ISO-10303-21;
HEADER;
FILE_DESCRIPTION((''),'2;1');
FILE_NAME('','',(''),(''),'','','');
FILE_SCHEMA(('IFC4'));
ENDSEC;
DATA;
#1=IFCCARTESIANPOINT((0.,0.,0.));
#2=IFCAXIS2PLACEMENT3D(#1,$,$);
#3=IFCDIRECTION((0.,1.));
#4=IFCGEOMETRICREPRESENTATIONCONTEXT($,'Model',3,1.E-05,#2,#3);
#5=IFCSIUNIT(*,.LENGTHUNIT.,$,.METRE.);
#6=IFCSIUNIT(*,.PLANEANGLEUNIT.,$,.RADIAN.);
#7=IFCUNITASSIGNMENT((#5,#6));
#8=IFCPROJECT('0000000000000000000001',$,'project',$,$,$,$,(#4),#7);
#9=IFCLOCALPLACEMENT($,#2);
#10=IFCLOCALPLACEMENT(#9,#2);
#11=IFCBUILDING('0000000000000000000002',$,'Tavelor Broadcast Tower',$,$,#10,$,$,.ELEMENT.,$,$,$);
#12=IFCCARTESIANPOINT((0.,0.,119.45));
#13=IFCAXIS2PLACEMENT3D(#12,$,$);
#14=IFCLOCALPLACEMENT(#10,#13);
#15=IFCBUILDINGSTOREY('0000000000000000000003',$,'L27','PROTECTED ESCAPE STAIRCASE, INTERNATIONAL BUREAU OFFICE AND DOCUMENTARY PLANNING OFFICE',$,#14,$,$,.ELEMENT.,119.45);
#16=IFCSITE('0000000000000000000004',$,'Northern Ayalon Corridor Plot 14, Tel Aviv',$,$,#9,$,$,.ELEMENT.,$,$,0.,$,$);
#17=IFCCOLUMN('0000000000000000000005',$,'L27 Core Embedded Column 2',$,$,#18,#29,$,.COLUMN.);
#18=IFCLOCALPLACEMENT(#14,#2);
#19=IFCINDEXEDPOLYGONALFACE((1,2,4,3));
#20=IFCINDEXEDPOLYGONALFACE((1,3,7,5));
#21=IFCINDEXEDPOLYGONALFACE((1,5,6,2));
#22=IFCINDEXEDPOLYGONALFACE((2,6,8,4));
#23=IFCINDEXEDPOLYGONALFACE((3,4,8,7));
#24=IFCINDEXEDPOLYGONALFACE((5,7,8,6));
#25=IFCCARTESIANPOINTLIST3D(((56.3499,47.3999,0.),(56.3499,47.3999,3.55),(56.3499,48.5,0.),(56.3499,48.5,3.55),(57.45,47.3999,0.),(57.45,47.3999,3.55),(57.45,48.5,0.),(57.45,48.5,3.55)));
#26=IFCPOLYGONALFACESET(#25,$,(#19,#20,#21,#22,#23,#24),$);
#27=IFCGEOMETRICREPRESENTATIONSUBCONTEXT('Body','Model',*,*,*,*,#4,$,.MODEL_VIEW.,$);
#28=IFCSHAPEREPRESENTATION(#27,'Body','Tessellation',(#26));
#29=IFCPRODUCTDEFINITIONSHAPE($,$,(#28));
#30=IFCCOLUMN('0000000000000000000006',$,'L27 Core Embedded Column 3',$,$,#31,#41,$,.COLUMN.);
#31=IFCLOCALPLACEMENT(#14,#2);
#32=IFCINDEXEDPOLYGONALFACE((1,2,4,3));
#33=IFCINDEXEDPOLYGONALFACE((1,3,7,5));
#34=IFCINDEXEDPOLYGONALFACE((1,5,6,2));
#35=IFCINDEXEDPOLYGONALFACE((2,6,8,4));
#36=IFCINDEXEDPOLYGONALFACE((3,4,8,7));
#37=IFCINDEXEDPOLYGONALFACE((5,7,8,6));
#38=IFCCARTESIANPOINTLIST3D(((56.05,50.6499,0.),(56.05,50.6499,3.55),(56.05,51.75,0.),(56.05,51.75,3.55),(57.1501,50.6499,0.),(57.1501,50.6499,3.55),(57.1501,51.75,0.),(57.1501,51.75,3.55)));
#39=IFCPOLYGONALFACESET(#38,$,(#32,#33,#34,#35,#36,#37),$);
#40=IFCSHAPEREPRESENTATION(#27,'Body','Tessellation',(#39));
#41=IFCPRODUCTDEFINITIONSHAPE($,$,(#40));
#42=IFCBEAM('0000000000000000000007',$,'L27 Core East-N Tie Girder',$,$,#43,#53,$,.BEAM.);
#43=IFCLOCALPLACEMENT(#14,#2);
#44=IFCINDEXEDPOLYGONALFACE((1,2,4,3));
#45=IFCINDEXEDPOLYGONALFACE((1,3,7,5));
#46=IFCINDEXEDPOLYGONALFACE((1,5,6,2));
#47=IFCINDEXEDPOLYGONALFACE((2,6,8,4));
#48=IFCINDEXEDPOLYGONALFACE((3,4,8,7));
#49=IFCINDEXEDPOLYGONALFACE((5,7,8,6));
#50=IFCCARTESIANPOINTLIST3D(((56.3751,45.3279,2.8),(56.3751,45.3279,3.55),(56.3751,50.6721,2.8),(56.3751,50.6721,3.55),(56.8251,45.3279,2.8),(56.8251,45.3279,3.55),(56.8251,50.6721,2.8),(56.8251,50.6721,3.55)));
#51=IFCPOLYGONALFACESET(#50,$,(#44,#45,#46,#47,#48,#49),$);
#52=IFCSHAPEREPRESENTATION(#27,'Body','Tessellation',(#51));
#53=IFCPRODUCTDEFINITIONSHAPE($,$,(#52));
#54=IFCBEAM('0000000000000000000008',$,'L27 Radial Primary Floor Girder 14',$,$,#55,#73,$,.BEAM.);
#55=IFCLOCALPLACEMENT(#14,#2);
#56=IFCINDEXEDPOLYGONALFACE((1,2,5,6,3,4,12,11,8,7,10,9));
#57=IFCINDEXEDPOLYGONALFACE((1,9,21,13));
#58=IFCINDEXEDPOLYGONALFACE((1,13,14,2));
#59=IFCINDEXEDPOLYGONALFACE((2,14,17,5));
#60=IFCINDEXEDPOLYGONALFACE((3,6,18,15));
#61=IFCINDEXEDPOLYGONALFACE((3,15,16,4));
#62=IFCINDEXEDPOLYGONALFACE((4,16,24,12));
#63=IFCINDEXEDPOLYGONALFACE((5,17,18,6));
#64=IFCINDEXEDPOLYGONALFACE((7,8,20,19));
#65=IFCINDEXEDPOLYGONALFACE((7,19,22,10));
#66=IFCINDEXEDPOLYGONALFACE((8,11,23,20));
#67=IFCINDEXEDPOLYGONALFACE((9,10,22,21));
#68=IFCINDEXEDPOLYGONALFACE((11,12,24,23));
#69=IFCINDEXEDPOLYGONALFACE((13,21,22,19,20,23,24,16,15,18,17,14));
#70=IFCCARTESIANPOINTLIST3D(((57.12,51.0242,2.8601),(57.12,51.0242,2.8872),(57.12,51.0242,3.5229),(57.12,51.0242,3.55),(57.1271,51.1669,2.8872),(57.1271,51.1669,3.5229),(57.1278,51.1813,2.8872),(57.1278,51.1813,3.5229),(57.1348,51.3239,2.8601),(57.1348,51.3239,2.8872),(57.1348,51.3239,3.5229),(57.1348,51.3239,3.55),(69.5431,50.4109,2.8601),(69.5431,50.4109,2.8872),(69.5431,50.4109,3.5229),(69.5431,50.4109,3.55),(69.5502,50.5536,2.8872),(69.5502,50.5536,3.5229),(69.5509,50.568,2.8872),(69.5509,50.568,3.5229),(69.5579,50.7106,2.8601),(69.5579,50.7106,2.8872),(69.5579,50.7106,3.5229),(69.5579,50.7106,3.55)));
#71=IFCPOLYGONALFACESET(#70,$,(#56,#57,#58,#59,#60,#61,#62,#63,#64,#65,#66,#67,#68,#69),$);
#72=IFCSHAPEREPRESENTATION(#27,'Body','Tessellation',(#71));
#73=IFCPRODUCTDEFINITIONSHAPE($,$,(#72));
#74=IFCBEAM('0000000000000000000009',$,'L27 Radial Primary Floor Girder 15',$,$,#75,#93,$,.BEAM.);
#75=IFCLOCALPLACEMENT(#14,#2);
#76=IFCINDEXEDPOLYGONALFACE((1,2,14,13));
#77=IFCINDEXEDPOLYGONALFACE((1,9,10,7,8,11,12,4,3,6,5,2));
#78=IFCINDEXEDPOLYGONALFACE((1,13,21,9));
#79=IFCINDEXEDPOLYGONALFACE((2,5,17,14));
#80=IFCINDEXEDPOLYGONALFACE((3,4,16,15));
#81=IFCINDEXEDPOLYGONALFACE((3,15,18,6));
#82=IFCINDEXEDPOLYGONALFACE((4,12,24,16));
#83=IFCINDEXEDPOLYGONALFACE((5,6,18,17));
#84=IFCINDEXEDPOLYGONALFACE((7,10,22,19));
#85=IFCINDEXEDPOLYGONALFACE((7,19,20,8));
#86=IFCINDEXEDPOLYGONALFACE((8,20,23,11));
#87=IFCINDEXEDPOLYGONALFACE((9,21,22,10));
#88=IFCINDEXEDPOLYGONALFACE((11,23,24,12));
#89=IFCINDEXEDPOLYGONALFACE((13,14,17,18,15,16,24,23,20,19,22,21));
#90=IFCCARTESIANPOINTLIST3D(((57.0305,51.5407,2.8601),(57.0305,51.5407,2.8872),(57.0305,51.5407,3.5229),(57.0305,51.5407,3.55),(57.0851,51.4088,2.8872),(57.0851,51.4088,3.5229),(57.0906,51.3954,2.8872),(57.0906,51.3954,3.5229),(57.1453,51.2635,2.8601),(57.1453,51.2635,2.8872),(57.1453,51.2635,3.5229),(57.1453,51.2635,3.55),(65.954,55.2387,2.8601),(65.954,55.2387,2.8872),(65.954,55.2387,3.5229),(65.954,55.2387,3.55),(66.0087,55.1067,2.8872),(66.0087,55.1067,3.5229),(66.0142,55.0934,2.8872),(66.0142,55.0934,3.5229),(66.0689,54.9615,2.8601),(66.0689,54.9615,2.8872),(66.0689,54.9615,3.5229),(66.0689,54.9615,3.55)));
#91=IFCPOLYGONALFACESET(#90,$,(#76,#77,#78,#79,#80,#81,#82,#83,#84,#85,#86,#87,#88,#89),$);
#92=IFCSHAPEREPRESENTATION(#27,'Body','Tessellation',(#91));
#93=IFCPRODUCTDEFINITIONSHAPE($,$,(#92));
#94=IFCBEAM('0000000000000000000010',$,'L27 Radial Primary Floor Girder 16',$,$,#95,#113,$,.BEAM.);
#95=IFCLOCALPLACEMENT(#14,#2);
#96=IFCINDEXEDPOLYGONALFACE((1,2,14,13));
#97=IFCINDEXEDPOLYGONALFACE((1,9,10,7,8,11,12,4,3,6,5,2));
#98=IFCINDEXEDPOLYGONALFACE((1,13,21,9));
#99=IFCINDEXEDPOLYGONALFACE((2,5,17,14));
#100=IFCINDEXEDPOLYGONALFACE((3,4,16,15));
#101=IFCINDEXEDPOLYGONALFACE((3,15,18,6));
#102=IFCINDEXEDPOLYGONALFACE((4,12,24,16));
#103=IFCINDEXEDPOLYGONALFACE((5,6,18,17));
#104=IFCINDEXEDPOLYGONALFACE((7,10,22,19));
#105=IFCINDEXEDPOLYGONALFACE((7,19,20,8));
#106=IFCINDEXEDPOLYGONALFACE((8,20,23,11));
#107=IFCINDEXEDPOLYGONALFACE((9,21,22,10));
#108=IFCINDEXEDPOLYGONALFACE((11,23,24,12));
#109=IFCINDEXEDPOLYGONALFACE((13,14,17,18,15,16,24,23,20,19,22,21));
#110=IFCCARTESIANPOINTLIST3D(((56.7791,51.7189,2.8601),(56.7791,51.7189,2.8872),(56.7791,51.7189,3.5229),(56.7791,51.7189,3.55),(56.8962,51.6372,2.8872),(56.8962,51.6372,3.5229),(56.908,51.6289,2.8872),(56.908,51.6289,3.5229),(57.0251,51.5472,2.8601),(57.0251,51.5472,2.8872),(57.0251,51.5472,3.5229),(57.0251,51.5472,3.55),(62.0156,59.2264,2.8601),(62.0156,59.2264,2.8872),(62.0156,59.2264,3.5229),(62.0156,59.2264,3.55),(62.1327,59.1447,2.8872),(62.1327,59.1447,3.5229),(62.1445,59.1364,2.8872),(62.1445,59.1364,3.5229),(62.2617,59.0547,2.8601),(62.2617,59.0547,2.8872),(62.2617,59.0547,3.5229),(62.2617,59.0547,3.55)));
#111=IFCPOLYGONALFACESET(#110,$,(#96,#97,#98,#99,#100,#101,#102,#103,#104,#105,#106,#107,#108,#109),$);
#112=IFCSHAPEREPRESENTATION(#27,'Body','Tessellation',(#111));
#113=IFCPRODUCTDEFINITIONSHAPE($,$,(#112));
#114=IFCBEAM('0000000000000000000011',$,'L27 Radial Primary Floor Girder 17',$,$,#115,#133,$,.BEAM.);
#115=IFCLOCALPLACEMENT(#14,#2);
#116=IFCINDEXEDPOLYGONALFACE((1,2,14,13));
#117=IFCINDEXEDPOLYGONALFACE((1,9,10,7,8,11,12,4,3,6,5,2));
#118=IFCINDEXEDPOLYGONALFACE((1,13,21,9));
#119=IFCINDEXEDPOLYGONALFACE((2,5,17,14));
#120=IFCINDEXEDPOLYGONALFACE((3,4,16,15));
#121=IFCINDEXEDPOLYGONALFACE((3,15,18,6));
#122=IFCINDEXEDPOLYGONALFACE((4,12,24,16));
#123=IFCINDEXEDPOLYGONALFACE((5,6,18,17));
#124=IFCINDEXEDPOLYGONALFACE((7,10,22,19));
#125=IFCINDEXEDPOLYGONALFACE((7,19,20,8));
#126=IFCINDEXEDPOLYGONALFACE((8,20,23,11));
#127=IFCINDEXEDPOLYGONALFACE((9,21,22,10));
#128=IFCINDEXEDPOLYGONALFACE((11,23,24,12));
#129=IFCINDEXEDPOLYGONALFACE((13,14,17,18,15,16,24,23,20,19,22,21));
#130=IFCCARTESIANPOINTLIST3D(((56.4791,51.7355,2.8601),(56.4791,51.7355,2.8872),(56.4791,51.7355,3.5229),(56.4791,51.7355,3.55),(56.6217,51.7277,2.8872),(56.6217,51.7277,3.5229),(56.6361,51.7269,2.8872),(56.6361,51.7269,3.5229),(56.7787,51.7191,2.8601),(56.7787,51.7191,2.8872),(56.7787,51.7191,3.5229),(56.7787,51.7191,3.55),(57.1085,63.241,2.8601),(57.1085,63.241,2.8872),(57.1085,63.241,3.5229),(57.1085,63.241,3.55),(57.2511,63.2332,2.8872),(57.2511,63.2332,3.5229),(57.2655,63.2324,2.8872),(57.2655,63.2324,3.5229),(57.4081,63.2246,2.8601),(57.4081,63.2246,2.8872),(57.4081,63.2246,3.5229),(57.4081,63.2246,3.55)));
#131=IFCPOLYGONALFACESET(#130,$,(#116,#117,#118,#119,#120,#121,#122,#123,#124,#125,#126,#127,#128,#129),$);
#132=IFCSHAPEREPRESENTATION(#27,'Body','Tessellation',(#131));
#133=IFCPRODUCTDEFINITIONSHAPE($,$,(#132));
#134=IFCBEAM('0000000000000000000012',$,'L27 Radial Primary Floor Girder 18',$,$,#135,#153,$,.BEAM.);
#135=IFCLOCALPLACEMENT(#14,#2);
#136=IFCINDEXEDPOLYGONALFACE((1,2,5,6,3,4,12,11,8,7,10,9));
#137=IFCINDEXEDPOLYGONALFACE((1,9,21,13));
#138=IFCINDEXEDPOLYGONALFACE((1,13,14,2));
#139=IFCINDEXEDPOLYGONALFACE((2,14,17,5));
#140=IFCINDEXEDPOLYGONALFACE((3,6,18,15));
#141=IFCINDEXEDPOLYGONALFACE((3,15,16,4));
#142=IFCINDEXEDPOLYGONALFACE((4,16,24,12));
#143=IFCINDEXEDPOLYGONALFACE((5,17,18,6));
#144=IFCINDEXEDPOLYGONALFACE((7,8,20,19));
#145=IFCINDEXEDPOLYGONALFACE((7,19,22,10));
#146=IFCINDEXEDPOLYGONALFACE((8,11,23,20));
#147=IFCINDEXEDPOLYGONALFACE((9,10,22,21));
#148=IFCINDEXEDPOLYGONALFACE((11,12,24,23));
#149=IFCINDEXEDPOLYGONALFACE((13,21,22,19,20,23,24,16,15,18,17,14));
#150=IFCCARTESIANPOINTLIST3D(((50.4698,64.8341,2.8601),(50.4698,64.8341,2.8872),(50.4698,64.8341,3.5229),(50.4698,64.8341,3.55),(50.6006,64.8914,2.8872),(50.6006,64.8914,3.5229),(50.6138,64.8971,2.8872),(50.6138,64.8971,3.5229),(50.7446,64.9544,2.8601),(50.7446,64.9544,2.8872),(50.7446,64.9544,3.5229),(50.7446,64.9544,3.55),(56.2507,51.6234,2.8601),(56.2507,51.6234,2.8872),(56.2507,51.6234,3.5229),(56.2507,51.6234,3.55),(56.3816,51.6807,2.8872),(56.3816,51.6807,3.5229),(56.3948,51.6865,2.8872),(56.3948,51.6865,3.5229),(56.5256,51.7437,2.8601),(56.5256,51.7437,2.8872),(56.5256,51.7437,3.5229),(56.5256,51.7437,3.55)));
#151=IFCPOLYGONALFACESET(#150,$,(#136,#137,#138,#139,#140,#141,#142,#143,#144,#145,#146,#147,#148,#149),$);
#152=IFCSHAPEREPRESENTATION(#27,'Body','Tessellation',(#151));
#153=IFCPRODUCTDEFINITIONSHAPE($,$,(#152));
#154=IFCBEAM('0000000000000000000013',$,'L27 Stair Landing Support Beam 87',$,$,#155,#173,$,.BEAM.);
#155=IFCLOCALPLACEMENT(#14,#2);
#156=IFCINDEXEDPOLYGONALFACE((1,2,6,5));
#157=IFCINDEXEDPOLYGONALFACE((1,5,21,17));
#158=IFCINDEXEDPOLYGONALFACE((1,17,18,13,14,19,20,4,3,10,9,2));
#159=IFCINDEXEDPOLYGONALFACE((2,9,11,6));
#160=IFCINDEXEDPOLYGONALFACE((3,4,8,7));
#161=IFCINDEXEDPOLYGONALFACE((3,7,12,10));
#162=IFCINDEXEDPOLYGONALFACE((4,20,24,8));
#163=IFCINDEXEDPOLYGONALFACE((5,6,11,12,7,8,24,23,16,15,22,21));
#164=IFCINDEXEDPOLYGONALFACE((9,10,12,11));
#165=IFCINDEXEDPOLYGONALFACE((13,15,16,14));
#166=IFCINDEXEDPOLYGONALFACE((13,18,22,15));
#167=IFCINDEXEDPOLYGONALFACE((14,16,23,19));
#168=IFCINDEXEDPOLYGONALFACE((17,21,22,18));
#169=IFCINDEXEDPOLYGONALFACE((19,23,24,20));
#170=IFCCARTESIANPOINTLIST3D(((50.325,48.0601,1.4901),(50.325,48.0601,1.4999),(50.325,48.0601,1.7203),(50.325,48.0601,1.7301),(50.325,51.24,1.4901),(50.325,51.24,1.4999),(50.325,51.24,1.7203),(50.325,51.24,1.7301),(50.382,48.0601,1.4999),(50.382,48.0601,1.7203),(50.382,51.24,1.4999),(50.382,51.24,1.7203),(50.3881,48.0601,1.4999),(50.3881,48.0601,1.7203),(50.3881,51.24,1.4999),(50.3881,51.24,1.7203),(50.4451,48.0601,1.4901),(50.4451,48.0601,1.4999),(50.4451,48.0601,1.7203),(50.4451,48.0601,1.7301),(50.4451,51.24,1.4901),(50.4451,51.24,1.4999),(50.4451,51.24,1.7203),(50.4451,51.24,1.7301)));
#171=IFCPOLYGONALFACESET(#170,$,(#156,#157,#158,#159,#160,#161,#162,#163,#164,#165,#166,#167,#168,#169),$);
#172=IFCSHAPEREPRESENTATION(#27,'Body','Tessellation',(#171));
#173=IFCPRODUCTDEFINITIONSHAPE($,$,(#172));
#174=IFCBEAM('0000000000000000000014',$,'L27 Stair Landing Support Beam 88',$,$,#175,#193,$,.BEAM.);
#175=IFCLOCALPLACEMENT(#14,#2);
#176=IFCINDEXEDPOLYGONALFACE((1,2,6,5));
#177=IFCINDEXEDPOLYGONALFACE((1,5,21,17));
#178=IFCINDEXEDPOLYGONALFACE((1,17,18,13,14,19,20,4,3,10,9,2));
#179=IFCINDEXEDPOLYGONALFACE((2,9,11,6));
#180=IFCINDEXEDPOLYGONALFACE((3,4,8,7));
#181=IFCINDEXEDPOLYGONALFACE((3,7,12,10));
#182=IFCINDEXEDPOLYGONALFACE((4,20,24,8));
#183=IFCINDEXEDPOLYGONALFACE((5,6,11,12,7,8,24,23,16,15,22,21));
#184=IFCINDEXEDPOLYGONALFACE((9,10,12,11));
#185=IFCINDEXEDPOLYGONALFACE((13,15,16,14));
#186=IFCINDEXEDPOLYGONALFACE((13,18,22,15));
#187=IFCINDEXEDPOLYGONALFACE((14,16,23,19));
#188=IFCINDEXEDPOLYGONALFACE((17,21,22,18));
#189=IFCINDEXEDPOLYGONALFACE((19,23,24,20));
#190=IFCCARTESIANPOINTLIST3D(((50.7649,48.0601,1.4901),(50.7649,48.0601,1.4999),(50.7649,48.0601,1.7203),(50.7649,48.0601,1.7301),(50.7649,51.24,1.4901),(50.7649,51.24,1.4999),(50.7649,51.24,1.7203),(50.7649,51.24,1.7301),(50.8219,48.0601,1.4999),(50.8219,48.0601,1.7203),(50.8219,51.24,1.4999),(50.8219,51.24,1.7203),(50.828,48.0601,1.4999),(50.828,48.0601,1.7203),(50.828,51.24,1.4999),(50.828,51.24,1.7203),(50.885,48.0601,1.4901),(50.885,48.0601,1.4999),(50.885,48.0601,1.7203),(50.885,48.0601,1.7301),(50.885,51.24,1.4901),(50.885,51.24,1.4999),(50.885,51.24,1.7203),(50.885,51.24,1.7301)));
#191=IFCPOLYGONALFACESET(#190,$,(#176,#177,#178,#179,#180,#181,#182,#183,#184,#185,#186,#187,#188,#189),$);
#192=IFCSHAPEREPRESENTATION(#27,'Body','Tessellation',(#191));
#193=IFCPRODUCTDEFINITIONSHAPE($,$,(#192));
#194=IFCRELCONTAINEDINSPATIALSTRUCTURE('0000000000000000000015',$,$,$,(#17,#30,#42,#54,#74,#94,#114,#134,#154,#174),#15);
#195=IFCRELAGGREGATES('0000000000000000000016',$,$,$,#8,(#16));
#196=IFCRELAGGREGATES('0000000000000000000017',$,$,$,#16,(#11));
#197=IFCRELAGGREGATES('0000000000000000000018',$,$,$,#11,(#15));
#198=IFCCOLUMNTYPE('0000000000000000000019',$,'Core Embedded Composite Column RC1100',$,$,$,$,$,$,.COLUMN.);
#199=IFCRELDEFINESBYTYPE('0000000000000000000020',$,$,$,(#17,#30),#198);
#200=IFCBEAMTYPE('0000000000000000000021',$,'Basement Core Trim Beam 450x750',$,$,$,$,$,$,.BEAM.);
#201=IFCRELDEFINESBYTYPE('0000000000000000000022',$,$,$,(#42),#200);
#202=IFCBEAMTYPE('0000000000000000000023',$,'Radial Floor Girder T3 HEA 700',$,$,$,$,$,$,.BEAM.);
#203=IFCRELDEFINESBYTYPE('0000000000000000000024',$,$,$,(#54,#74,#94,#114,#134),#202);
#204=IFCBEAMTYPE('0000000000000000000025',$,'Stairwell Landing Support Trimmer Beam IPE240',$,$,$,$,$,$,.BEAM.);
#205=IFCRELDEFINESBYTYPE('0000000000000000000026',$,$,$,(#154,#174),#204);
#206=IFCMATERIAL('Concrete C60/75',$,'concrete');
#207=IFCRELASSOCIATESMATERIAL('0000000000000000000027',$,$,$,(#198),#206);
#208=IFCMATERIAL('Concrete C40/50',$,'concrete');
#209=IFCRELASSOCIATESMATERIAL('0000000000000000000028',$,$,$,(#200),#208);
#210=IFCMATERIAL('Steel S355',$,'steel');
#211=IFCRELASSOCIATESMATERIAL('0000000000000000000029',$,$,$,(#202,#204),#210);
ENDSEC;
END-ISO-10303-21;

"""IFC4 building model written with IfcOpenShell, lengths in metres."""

from ifc_helpers import new_model, si_unit, direction, frame, origin, origin_2d, place, context, subcontext, project, spatial, rectangle, i_section, extrude, material, material_profile, profile_set, type_object, element, save


model = new_model("IFC4")

# Units and contexts
model_context = context("Model", 3, precision=1e-05, world=origin(), true_north=direction((0.0, 1.0)))
body_context = subcontext(model_context, "Body", "Model", "MODEL_VIEW")
ifc_project = project(units=[si_unit("LENGTHUNIT", "METRE"), si_unit("PLANEANGLEUNIT", "RADIAN")], contexts=[model_context])

# Site, building, storey
site_placement = place(None, origin())
site = spatial("IfcSite", under=ifc_project, at=site_placement, Name="Northern Ayalon Corridor Plot 14, Tel Aviv", CompositionType="ELEMENT", RefElevation=0.0)
building_placement = place(site_placement, origin())
building = spatial("IfcBuilding", under=site, at=building_placement, Name="Tavelor Broadcast Tower", CompositionType="ELEMENT")
storey_placement = place(building_placement, frame((0.0, 0.0, 119.45)))
storey = spatial("IfcBuildingStorey", under=building, at=storey_placement, Name="L27", Description="PROTECTED ESCAPE STAIRCASE, INTERNATIONAL BUREAU OFFICE AND DOCUMENTARY PLANNING OFFICE", CompositionType="ELEMENT", Elevation=119.45)

# Columns
ifc_material_1 = material(Name="Concrete C60/75", Category="concrete")
ifc_material_profile_1 = material_profile(ifc_material_1, rectangle(XDim=1.1001, YDim=1.1001, at=origin_2d()), Name="RC 1100x1100")
ifc_profile_set_1 = profile_set([ifc_material_profile_1], Name="Concrete C60/75")
column_type = type_object("IfcColumnType", Name="Core Embedded Composite Column RC1100", PredefinedType="COLUMN", material=ifc_profile_set_1)
for number, where, z_axis, x_axis, name in (
    (1, (56.8999, 47.95, 0.0), (0.0, 0.0, 1.0), (1.0, 0.0, 0.0), "L27 Core Embedded Column 2"),
    (2, (56.6001, 51.2, 0.0), (0.0, 0.0, 1.0), (1.0, 0.0, 0.0), "L27 Core Embedded Column 3"),
):
    element("IfcColumn", number, at=place(storey_placement, frame(where, z_axis=z_axis, x_axis=x_axis)), inside=storey, type_object=column_type, Name=name, PredefinedType="COLUMN", context=body_context, shape_type="SweptSolid", body=[
        extrude(rectangle(XDim=1.1001, YDim=1.1001, at=origin_2d()), origin(), (0.0, 0.0, 1.0), 3.55),
    ])

# Beams
ifc_material_2 = material(Name="Concrete C40/50", Category="concrete")
ifc_material_profile_2 = material_profile(ifc_material_2, rectangle(XDim=0.45, YDim=0.75, at=origin_2d()), Name="RC 450x750")
ifc_profile_set_2 = profile_set([ifc_material_profile_2], Name="Concrete C40/50")
beam_type_1 = type_object("IfcBeamType", Name="Basement Core Trim Beam 450x750", PredefinedType="BEAM", material=ifc_profile_set_2)
beam_1_placement = place(storey_placement, frame((56.6001, 45.3279, 3.175), z_axis=(0.0, 1.0, 0.0), x_axis=(-1.0, 0.0, 0.0)))
element("IfcBeam", 3, at=beam_1_placement, inside=storey, type_object=beam_type_1, Name="L27 Core East-N Tie Girder", PredefinedType="BEAM", context=body_context, shape_type="SweptSolid", body=[
    extrude(rectangle(XDim=0.45, YDim=0.75, at=origin_2d()), origin(), (0.0, 0.0, 1.0), 5.3442),
])
ifc_material_3 = material(Name="Steel S355", Category="steel")
ifc_material_profile_3 = material_profile(ifc_material_3, i_section(OverallWidth=0.3, OverallDepth=0.6899, WebThickness=0.0144, FlangeThickness=0.0271, at=origin_2d()), Name="HEA 700")
ifc_profile_set_3 = profile_set([ifc_material_profile_3], Name="Steel S355")
beam_type_2 = type_object("IfcBeamType", Name="Radial Floor Girder T3 HEA 700", PredefinedType="BEAM", material=ifc_profile_set_3)
beam_2_placement = place(storey_placement, frame((57.1274, 51.1741, 3.2051), z_axis=(0.998784, -0.049306, 0.0), x_axis=(0.049306, 0.998784, 0.0)))
element("IfcBeam", 4, at=beam_2_placement, inside=storey, type_object=beam_type_2, Name="L27 Radial Primary Floor Girder 14", PredefinedType="BEAM", context=body_context, shape_type="SweptSolid", body=[
    extrude(i_section(OverallWidth=0.3, OverallDepth=0.6899, WebThickness=0.0144, FlangeThickness=0.0271, at=origin_2d()), origin(), (0.0, 0.0, 1.0), 12.4382),
])
beam_3_placement = place(storey_placement, frame((57.0879, 51.4021, 3.2051), z_axis=(0.923816, 0.382836, 0.0), x_axis=(-0.382836, 0.923816, 0.0)))
element("IfcBeam", 5, at=beam_3_placement, inside=storey, type_object=beam_type_2, Name="L27 Radial Primary Floor Girder 15", PredefinedType="BEAM", context=body_context, shape_type="SweptSolid", body=[
    extrude(i_section(OverallWidth=0.3, OverallDepth=0.6899, WebThickness=0.0144, FlangeThickness=0.0271, at=origin_2d()), origin(), (0.0, 0.0, 1.0), 9.6594),
])
beam_4_placement = place(storey_placement, frame((56.9021, 51.6331, 3.2051), z_axis=(0.572089, 0.820192, 0.0), x_axis=(-0.820192, 0.572089, 0.0)))
element("IfcBeam", 6, at=beam_4_placement, inside=storey, type_object=beam_type_2, Name="L27 Radial Primary Floor Girder 16", PredefinedType="BEAM", context=body_context, shape_type="SweptSolid", body=[
    extrude(i_section(OverallWidth=0.3, OverallDepth=0.6899, WebThickness=0.0144, FlangeThickness=0.0271, at=origin_2d()), origin(), (0.0, 0.0, 1.0), 9.1533),
])
beam_5_placement = place(storey_placement, frame((56.6289, 51.7273, 3.2051), z_axis=(0.054622, 0.998507, 0.0), x_axis=(-0.998507, 0.054622, 0.0)))
element("IfcBeam", 7, at=beam_5_placement, inside=storey, type_object=beam_type_2, Name="L27 Radial Primary Floor Girder 17", PredefinedType="BEAM", context=body_context, shape_type="SweptSolid", body=[
    extrude(i_section(OverallWidth=0.3, OverallDepth=0.6899, WebThickness=0.0144, FlangeThickness=0.0271, at=origin_2d()), origin(), (0.0, 0.0, 1.0), 11.5227),
])
beam_6_placement = place(storey_placement, frame((56.3882, 51.6836, 3.2051), z_axis=(-0.400896, 0.916124, 0.0), x_axis=(-0.916124, -0.400896, 0.0)))
element("IfcBeam", 8, at=beam_6_placement, inside=storey, type_object=beam_type_2, Name="L27 Radial Primary Floor Girder 18", PredefinedType="BEAM", context=body_context, shape_type="SweptSolid", body=[
    extrude(i_section(OverallWidth=0.3, OverallDepth=0.6899, WebThickness=0.0144, FlangeThickness=0.0271, at=origin_2d()), origin(), (0.0, 0.0, 1.0), 14.4202),
])
ifc_material_profile_4 = material_profile(ifc_material_3, i_section(OverallWidth=0.1201, OverallDepth=0.24, WebThickness=0.0061, FlangeThickness=0.0098, at=origin_2d()), Name="IPE 240")
ifc_profile_set_4 = profile_set([ifc_material_profile_4], Name="Steel S355")
beam_type_3 = type_object("IfcBeamType", Name="Stairwell Landing Support Trimmer Beam IPE240", PredefinedType="BEAM", material=ifc_profile_set_4)
for number, where, z_axis, x_axis, name in (
    (9, (50.385, 48.0601, 1.6101), (0.0, 1.0, 0.0), (-1.0, 0.0, 0.0), "L27 Stair Landing Support Beam 87"),
    (10, (50.825, 48.0601, 1.6101), (0.0, 1.0, 0.0), (-1.0, 0.0, 0.0), "L27 Stair Landing Support Beam 88"),
):
    element("IfcBeam", number, at=place(storey_placement, frame(where, z_axis=z_axis, x_axis=x_axis)), inside=storey, type_object=beam_type_3, Name=name, PredefinedType="BEAM", context=body_context, shape_type="SweptSolid", body=[
        extrude(i_section(OverallWidth=0.1201, OverallDepth=0.24, WebThickness=0.0061, FlangeThickness=0.0098, at=origin_2d()), origin(), (0.0, 0.0, 1.0), 3.1799),
    ])

save(model, "model.ifc")
